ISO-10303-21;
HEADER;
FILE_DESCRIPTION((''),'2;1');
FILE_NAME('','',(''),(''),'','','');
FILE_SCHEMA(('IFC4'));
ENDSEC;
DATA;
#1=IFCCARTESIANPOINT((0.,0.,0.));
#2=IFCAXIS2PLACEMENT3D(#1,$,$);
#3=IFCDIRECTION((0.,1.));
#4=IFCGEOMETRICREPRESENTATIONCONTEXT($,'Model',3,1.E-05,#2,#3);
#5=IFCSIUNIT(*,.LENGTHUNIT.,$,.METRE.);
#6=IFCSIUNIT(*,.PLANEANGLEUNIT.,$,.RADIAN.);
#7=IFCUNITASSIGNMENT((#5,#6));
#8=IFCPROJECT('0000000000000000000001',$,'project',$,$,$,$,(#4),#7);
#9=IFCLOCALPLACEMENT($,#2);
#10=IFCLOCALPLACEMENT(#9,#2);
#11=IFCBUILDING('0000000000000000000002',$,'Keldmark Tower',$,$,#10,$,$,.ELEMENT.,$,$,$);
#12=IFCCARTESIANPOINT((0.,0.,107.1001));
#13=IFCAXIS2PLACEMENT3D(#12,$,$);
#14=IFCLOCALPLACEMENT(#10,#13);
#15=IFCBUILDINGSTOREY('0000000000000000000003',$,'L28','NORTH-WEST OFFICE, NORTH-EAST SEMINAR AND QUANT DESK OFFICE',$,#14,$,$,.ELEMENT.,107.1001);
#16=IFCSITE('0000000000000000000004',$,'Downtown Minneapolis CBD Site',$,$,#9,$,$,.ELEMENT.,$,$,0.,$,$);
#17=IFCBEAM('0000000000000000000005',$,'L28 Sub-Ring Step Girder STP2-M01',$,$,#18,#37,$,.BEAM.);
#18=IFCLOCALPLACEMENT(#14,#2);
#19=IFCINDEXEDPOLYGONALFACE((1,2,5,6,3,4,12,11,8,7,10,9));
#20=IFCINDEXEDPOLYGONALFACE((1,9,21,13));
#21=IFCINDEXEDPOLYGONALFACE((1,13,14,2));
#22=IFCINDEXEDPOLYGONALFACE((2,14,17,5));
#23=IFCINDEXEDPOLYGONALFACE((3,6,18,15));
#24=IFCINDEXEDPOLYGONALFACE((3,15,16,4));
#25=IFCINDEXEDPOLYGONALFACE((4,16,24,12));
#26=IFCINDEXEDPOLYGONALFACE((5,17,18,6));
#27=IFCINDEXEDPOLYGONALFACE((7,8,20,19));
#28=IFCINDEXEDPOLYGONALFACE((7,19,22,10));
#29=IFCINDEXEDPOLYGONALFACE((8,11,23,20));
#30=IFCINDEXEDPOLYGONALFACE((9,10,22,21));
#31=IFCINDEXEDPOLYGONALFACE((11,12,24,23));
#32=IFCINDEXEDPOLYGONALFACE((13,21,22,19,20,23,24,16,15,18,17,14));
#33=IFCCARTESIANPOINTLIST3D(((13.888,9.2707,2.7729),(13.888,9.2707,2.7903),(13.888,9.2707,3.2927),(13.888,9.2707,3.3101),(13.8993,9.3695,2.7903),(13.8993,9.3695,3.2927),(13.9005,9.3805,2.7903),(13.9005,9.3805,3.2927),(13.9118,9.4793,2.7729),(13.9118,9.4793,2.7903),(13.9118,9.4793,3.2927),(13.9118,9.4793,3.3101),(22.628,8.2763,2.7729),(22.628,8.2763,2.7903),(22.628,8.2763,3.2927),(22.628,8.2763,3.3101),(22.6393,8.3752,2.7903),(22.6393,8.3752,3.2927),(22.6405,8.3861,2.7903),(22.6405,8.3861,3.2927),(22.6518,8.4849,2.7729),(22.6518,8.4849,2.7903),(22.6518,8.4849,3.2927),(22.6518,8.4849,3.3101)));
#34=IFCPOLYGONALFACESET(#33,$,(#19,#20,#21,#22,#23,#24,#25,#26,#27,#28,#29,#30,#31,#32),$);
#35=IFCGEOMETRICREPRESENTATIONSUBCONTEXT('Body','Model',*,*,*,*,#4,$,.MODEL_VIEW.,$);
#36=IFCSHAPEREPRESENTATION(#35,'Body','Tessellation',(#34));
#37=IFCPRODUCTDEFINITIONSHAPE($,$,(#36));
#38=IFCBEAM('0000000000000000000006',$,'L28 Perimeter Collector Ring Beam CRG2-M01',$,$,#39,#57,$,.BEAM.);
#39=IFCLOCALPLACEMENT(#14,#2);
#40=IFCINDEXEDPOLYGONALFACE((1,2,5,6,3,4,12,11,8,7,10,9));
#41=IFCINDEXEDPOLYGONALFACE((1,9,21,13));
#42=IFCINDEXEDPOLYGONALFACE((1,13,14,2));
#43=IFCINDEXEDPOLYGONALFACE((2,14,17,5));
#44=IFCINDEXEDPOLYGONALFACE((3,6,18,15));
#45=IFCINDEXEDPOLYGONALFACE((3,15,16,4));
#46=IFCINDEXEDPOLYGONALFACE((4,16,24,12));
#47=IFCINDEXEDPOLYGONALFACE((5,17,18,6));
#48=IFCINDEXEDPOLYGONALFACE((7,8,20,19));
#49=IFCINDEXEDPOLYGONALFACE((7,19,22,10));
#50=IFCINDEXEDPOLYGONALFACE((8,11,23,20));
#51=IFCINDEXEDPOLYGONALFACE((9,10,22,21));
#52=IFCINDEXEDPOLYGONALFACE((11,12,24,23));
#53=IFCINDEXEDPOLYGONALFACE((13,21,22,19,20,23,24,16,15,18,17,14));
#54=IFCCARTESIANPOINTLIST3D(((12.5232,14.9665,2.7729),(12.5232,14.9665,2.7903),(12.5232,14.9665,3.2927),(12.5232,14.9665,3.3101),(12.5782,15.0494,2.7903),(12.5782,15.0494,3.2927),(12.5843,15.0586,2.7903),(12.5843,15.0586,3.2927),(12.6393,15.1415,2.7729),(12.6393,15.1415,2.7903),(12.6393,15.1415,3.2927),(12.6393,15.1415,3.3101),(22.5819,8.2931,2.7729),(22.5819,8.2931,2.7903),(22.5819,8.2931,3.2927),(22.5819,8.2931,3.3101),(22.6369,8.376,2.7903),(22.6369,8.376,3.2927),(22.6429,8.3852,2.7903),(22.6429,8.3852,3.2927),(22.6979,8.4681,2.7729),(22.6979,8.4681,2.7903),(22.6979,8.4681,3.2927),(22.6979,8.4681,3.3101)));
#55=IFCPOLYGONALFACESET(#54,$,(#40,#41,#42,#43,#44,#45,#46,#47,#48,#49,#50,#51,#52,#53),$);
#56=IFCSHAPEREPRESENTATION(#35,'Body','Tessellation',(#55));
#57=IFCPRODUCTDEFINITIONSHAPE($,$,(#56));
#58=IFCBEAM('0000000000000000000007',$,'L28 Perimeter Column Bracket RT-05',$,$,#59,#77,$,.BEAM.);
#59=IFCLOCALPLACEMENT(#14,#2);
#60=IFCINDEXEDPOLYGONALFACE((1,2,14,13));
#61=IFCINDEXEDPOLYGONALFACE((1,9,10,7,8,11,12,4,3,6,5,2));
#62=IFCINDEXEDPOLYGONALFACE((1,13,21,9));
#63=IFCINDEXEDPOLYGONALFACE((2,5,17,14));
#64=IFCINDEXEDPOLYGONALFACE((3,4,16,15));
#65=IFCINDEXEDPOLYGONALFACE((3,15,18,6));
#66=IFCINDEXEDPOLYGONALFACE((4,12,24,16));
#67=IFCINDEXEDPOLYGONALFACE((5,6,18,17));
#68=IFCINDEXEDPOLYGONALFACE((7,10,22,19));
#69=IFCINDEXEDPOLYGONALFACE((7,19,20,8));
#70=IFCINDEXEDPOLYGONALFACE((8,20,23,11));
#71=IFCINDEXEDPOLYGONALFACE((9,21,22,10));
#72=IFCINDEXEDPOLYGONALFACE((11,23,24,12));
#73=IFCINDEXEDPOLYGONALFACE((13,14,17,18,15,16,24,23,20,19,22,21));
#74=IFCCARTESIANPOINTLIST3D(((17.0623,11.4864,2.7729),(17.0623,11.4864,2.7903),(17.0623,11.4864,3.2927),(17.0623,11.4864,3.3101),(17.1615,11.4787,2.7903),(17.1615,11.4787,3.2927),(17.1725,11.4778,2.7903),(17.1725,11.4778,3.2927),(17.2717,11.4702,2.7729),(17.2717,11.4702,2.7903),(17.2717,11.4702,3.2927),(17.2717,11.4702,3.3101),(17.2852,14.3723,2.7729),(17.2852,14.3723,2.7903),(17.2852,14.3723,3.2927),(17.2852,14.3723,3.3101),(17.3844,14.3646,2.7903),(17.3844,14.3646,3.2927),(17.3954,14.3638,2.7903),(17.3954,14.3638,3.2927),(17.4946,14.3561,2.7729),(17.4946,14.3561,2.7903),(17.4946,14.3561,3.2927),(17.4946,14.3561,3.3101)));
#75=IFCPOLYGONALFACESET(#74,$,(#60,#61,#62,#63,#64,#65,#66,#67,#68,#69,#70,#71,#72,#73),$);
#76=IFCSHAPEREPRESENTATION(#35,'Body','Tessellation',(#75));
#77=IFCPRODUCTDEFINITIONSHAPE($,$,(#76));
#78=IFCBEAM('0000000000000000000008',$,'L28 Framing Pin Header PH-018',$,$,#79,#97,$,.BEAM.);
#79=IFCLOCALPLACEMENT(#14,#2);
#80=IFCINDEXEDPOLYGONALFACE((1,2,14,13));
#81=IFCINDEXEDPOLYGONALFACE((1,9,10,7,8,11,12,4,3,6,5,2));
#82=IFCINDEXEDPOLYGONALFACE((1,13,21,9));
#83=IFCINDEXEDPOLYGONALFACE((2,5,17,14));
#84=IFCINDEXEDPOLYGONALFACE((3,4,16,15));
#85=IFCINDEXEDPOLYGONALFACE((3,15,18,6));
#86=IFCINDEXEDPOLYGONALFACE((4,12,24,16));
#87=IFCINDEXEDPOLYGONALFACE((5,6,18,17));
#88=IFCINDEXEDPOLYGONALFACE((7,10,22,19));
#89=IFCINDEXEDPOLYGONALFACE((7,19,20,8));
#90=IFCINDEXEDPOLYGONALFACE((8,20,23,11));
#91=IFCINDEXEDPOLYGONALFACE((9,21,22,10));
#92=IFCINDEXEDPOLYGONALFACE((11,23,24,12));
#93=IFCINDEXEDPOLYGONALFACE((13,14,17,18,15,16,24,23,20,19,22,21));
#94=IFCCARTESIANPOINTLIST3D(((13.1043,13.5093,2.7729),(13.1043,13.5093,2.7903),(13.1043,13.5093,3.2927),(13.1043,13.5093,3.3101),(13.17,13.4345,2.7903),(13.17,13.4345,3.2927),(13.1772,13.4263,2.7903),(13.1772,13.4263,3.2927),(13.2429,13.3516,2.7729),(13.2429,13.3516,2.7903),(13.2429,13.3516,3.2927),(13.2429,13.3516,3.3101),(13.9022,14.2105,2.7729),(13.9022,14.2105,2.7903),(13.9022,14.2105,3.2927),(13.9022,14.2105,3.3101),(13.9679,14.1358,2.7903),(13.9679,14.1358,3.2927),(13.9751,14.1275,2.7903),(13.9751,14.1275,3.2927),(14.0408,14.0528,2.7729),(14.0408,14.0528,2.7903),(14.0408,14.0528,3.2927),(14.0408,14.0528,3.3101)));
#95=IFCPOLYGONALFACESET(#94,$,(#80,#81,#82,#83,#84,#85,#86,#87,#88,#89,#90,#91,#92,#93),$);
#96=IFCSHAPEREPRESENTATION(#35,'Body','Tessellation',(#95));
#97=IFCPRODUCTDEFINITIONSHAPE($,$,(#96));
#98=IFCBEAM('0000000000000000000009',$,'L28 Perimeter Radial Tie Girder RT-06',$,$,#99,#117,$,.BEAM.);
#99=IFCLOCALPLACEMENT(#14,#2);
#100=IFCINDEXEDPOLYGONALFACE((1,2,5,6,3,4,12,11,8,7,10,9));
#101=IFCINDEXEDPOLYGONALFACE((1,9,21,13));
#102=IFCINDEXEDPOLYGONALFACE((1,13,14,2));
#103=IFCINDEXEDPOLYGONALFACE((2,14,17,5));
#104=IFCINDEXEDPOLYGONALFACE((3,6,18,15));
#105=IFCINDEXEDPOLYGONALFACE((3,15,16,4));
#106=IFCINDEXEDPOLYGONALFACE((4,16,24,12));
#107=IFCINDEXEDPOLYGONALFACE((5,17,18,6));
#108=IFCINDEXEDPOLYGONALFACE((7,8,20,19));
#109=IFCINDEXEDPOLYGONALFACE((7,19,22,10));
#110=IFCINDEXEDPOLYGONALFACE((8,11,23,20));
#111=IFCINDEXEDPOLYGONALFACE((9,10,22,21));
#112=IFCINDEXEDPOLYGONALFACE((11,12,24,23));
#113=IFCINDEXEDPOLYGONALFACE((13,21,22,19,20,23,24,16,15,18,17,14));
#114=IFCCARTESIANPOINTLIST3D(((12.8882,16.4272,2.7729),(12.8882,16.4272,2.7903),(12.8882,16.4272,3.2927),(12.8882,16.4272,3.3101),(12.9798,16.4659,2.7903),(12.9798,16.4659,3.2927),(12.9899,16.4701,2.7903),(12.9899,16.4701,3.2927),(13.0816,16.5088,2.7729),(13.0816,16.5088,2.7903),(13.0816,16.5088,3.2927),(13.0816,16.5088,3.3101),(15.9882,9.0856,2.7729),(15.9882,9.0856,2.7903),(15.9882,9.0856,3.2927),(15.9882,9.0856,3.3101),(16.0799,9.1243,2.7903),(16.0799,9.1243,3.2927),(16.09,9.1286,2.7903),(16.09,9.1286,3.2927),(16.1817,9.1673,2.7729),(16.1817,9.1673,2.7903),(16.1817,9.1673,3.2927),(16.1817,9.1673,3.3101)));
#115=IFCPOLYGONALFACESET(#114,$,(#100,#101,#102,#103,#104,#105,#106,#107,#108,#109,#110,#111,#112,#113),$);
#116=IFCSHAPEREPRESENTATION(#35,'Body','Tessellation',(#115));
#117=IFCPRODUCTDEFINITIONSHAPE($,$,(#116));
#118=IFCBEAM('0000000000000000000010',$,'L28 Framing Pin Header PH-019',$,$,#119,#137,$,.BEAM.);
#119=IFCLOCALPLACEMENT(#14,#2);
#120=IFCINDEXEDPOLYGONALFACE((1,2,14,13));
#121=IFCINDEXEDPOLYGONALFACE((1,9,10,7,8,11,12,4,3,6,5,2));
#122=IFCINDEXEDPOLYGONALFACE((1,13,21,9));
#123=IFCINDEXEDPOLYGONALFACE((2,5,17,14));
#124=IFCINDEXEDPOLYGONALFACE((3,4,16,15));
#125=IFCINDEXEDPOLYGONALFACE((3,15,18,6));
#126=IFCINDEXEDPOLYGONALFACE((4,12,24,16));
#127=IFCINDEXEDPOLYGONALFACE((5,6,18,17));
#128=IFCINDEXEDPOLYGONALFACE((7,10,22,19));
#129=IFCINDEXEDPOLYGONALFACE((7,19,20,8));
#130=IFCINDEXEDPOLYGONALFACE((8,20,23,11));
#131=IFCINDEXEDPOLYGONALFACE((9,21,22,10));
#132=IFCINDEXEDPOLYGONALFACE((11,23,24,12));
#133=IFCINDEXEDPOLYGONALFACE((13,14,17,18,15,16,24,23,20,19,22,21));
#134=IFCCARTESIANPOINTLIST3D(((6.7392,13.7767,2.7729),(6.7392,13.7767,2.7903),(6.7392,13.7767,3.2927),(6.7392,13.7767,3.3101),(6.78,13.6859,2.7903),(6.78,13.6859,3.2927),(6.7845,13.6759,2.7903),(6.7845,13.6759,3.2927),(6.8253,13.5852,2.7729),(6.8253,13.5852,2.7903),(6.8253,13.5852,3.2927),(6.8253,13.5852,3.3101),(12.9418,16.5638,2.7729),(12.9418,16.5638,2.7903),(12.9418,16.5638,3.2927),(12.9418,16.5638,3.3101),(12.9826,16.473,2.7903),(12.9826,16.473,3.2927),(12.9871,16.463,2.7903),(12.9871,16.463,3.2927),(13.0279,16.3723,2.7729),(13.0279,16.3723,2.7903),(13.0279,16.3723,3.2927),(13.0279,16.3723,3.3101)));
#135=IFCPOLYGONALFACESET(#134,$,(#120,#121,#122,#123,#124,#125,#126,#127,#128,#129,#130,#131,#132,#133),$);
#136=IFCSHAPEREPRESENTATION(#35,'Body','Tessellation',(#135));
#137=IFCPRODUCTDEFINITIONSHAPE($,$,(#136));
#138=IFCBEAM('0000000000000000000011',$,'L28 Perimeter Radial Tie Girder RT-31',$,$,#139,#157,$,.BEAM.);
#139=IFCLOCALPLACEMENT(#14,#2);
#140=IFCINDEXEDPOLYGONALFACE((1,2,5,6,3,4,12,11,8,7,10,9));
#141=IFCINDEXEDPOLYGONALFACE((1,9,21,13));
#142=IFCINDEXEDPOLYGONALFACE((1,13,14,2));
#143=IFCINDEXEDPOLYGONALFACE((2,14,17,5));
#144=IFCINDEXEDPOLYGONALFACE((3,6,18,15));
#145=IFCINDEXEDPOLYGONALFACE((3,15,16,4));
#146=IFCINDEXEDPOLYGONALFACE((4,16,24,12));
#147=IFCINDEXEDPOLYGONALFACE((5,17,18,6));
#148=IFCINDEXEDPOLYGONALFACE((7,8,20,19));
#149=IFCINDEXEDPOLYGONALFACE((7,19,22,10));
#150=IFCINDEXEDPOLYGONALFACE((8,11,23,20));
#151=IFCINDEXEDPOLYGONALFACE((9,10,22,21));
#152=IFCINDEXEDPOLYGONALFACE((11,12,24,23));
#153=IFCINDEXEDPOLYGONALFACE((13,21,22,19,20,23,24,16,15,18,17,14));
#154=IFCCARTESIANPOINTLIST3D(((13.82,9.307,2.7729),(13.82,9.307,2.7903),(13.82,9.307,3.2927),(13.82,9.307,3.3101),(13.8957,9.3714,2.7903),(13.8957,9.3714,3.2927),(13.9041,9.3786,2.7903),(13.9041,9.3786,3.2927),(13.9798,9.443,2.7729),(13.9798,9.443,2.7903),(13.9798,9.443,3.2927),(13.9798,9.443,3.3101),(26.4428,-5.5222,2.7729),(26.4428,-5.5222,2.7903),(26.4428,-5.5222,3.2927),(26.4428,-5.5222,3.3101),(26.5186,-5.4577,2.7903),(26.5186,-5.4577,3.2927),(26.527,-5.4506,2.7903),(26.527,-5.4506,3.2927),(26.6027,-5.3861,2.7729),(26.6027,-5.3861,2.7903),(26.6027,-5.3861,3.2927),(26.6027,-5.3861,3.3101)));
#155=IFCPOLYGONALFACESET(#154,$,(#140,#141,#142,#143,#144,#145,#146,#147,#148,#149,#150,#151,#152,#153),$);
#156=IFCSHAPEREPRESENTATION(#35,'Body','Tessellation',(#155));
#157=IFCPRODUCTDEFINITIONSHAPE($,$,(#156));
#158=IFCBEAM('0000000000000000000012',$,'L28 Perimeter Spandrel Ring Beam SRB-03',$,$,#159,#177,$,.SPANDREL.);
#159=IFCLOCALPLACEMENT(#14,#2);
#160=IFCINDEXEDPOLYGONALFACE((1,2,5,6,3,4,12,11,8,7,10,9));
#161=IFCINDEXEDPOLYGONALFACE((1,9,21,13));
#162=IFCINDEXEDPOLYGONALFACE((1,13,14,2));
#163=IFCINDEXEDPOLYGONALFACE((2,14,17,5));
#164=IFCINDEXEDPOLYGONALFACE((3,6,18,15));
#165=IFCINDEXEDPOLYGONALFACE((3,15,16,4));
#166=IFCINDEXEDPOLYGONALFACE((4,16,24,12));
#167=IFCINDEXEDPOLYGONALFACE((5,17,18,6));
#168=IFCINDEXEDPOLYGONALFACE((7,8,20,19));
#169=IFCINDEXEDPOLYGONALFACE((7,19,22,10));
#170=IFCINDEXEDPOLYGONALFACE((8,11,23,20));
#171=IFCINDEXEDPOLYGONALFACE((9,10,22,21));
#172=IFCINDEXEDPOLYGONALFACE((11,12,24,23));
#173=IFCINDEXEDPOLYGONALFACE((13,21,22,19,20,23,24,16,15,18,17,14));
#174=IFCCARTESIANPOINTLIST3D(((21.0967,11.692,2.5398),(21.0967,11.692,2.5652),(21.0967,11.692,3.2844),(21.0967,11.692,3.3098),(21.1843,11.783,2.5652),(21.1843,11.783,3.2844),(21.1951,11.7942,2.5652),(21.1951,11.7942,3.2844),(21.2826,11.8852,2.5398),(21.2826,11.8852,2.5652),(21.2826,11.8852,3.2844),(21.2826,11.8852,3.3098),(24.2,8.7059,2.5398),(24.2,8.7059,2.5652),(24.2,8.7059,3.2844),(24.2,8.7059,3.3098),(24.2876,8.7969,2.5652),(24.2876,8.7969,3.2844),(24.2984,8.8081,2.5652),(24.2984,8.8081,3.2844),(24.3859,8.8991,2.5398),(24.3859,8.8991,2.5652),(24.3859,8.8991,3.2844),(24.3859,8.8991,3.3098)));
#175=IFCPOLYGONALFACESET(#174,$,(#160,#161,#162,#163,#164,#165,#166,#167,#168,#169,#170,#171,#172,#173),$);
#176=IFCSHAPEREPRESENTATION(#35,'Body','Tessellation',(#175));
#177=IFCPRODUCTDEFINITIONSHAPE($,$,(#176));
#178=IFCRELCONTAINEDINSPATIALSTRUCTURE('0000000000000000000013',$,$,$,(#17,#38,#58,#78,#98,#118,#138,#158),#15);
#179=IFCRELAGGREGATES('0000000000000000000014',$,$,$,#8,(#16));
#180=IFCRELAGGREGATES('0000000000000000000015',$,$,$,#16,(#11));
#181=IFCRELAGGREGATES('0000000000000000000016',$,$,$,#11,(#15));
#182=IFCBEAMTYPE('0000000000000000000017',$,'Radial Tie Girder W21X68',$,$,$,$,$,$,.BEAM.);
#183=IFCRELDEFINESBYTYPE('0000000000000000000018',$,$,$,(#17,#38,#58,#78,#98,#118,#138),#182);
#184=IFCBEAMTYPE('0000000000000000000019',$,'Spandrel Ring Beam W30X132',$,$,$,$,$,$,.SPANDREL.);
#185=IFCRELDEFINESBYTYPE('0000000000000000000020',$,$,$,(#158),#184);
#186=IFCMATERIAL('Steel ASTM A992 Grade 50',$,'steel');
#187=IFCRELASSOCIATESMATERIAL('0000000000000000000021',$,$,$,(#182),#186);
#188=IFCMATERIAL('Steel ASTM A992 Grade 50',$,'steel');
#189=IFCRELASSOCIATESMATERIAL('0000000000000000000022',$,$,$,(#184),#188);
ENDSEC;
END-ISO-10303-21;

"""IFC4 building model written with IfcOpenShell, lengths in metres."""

from ifc_helpers import new_model, si_unit, direction, frame, origin, origin_2d, place, context, subcontext, project, spatial, i_section, extrude, material, material_profile, profile_set, type_object, element, save


model = new_model("IFC4")

# Units and contexts
model_context = context("Model", 3, precision=1e-05, world=origin(), true_north=direction((0.0, 1.0)))
body_context = subcontext(model_context, "Body", "Model", "MODEL_VIEW")
ifc_project = project(units=[si_unit("LENGTHUNIT", "METRE"), si_unit("PLANEANGLEUNIT", "RADIAN")], contexts=[model_context])

# Site, building, storey
site_placement = place(None, origin())
site = spatial("IfcSite", under=ifc_project, at=site_placement, Name="Downtown Minneapolis CBD Site", CompositionType="ELEMENT", RefElevation=0.0)
building_placement = place(site_placement, origin())
building = spatial("IfcBuilding", under=site, at=building_placement, Name="Keldmark Tower", CompositionType="ELEMENT")
storey_placement = place(building_placement, frame((0.0, 0.0, 107.1001)))
storey = spatial("IfcBuildingStorey", under=building, at=storey_placement, Name="L28", Description="NORTH-WEST OFFICE, NORTH-EAST SEMINAR AND QUANT DESK OFFICE", CompositionType="ELEMENT", Elevation=107.1001)

# Beams
ifc_material_1 = material(Name="Steel ASTM A992 Grade 50", Category="steel")
ifc_material_profile_1 = material_profile(ifc_material_1, i_section(OverallWidth=0.21, OverallDepth=0.5371, WebThickness=0.011, FlangeThickness=0.0173, at=origin_2d()), Name="W21X68")
ifc_profile_set_1 = profile_set([ifc_material_profile_1], Name="Steel ASTM A992 Grade 50")
beam_type_1 = type_object("IfcBeamType", Name="Radial Tie Girder W21X68", PredefinedType="BEAM", material=ifc_profile_set_1)
beam_1_placement = place(storey_placement, frame((13.8999, 9.375, 3.0415), z_axis=(0.99359, -0.113045, 0.0), x_axis=(0.113045, 0.99359, 0.0)))
element("IfcBeam", 1, at=beam_1_placement, inside=storey, type_object=beam_type_1, Name="L28 Sub-Ring Step Girder STP2-M01", PredefinedType="BEAM", context=body_context, shape_type="SweptSolid", body=[
    extrude(i_section(OverallWidth=0.21, OverallDepth=0.5371, WebThickness=0.011, FlangeThickness=0.0173, at=origin_2d()), origin(), (0.0, 0.0, 1.0), 8.7964),
])
beam_2_placement = place(storey_placement, frame((22.6399, 8.3806, 3.0415), z_axis=(-0.833287, 0.552841, 0.0), x_axis=(-0.552841, -0.833287, 0.0)))
element("IfcBeam", 2, at=beam_2_placement, inside=storey, type_object=beam_type_1, Name="L28 Perimeter Collector Ring Beam CRG2-M01", PredefinedType="BEAM", context=body_context, shape_type="SweptSolid", body=[
    extrude(i_section(OverallWidth=0.21, OverallDepth=0.5371, WebThickness=0.011, FlangeThickness=0.0173, at=origin_2d()), origin(), (0.0, 0.0, 1.0), 12.071),
])
beam_3_placement = place(storey_placement, frame((17.167, 11.4783, 3.0415), z_axis=(0.077006, 0.997031, 0.0), x_axis=(-0.997031, 0.077006, 0.0)))
element("IfcBeam", 3, at=beam_3_placement, inside=storey, type_object=beam_type_1, Name="L28 Perimeter Column Bracket RT-05", PredefinedType="BEAM", context=body_context, shape_type="SweptSolid", body=[
    extrude(i_section(OverallWidth=0.21, OverallDepth=0.5371, WebThickness=0.011, FlangeThickness=0.0173, at=origin_2d()), origin(), (0.0, 0.0, 1.0), 2.8945),
])
beam_4_placement = place(storey_placement, frame((13.1736, 13.4304, 3.0415), z_axis=(0.751151, 0.66013, 0.0), x_axis=(-0.66013, 0.751151, 0.0)))
element("IfcBeam", 4, at=beam_4_placement, inside=storey, type_object=beam_type_1, Name="L28 Framing Pin Header PH-018", PredefinedType="BEAM", context=body_context, shape_type="SweptSolid", body=[
    extrude(i_section(OverallWidth=0.21, OverallDepth=0.5371, WebThickness=0.011, FlangeThickness=0.0173, at=origin_2d()), origin(), (0.0, 0.0, 1.0), 1.0623),
])
beam_5_placement = place(storey_placement, frame((16.085, 9.1265, 3.0415), z_axis=(-0.389007, 0.921235, 0.0), x_axis=(-0.921235, -0.389007, 0.0)))
element("IfcBeam", 5, at=beam_5_placement, inside=storey, type_object=beam_type_1, Name="L28 Perimeter Radial Tie Girder RT-06", PredefinedType="BEAM", context=body_context, shape_type="SweptSolid", body=[
    extrude(i_section(OverallWidth=0.21, OverallDepth=0.5371, WebThickness=0.011, FlangeThickness=0.0173, at=origin_2d()), origin(), (0.0, 0.0, 1.0), 7.9692),
])
beam_6_placement = place(storey_placement, frame((12.9849, 16.468, 3.0415), z_axis=(-0.912146, -0.409866, 0.0), x_axis=(0.409866, -0.912146, 0.0)))
element("IfcBeam", 6, at=beam_6_placement, inside=storey, type_object=beam_type_1, Name="L28 Framing Pin Header PH-019", PredefinedType="BEAM", context=body_context, shape_type="SweptSolid", body=[
    extrude(i_section(OverallWidth=0.21, OverallDepth=0.5371, WebThickness=0.011, FlangeThickness=0.0173, at=origin_2d()), origin(), (0.0, 0.0, 1.0), 6.8),
])
beam_7_placement = place(storey_placement, frame((13.8999, 9.375, 3.0415), z_axis=(0.648187, -0.761481, 0.0), x_axis=(0.761481, 0.648187, 0.0)))
element("IfcBeam", 7, at=beam_7_placement, inside=storey, type_object=beam_type_1, Name="L28 Perimeter Radial Tie Girder RT-31", PredefinedType="BEAM", context=body_context, shape_type="SweptSolid", body=[
    extrude(i_section(OverallWidth=0.21, OverallDepth=0.5371, WebThickness=0.011, FlangeThickness=0.0173, at=origin_2d()), origin(), (0.0, 0.0, 1.0), 19.4741),
])
ifc_material_2 = material(Name="Steel ASTM A992 Grade 50", Category="steel")
ifc_material_profile_2 = material_profile(ifc_material_2, i_section(OverallWidth=0.2681, OverallDepth=0.77, WebThickness=0.0156, FlangeThickness=0.0254, at=origin_2d()), Name="W30X132")
ifc_profile_set_2 = profile_set([ifc_material_profile_2], Name="Steel ASTM A992 Grade 50")
beam_type_2 = type_object("IfcBeamType", Name="Spandrel Ring Beam W30X132", PredefinedType="SPANDREL", material=ifc_profile_set_2)
beam_8_placement = place(storey_placement, frame((24.293, 8.8025, 2.9248), z_axis=(-0.720581, 0.69337, 0.0), x_axis=(-0.69337, -0.720581, 0.0)))
element("IfcBeam", 8, at=beam_8_placement, inside=storey, type_object=beam_type_2, Name="L28 Perimeter Spandrel Ring Beam SRB-03", PredefinedType="SPANDREL", context=body_context, shape_type="SweptSolid", body=[
    extrude(i_section(OverallWidth=0.2681, OverallDepth=0.77, WebThickness=0.0156, FlangeThickness=0.0254, at=origin_2d()), origin(), (0.0, 0.0, 1.0), 4.3066),
])

save(model, "model.ifc")
